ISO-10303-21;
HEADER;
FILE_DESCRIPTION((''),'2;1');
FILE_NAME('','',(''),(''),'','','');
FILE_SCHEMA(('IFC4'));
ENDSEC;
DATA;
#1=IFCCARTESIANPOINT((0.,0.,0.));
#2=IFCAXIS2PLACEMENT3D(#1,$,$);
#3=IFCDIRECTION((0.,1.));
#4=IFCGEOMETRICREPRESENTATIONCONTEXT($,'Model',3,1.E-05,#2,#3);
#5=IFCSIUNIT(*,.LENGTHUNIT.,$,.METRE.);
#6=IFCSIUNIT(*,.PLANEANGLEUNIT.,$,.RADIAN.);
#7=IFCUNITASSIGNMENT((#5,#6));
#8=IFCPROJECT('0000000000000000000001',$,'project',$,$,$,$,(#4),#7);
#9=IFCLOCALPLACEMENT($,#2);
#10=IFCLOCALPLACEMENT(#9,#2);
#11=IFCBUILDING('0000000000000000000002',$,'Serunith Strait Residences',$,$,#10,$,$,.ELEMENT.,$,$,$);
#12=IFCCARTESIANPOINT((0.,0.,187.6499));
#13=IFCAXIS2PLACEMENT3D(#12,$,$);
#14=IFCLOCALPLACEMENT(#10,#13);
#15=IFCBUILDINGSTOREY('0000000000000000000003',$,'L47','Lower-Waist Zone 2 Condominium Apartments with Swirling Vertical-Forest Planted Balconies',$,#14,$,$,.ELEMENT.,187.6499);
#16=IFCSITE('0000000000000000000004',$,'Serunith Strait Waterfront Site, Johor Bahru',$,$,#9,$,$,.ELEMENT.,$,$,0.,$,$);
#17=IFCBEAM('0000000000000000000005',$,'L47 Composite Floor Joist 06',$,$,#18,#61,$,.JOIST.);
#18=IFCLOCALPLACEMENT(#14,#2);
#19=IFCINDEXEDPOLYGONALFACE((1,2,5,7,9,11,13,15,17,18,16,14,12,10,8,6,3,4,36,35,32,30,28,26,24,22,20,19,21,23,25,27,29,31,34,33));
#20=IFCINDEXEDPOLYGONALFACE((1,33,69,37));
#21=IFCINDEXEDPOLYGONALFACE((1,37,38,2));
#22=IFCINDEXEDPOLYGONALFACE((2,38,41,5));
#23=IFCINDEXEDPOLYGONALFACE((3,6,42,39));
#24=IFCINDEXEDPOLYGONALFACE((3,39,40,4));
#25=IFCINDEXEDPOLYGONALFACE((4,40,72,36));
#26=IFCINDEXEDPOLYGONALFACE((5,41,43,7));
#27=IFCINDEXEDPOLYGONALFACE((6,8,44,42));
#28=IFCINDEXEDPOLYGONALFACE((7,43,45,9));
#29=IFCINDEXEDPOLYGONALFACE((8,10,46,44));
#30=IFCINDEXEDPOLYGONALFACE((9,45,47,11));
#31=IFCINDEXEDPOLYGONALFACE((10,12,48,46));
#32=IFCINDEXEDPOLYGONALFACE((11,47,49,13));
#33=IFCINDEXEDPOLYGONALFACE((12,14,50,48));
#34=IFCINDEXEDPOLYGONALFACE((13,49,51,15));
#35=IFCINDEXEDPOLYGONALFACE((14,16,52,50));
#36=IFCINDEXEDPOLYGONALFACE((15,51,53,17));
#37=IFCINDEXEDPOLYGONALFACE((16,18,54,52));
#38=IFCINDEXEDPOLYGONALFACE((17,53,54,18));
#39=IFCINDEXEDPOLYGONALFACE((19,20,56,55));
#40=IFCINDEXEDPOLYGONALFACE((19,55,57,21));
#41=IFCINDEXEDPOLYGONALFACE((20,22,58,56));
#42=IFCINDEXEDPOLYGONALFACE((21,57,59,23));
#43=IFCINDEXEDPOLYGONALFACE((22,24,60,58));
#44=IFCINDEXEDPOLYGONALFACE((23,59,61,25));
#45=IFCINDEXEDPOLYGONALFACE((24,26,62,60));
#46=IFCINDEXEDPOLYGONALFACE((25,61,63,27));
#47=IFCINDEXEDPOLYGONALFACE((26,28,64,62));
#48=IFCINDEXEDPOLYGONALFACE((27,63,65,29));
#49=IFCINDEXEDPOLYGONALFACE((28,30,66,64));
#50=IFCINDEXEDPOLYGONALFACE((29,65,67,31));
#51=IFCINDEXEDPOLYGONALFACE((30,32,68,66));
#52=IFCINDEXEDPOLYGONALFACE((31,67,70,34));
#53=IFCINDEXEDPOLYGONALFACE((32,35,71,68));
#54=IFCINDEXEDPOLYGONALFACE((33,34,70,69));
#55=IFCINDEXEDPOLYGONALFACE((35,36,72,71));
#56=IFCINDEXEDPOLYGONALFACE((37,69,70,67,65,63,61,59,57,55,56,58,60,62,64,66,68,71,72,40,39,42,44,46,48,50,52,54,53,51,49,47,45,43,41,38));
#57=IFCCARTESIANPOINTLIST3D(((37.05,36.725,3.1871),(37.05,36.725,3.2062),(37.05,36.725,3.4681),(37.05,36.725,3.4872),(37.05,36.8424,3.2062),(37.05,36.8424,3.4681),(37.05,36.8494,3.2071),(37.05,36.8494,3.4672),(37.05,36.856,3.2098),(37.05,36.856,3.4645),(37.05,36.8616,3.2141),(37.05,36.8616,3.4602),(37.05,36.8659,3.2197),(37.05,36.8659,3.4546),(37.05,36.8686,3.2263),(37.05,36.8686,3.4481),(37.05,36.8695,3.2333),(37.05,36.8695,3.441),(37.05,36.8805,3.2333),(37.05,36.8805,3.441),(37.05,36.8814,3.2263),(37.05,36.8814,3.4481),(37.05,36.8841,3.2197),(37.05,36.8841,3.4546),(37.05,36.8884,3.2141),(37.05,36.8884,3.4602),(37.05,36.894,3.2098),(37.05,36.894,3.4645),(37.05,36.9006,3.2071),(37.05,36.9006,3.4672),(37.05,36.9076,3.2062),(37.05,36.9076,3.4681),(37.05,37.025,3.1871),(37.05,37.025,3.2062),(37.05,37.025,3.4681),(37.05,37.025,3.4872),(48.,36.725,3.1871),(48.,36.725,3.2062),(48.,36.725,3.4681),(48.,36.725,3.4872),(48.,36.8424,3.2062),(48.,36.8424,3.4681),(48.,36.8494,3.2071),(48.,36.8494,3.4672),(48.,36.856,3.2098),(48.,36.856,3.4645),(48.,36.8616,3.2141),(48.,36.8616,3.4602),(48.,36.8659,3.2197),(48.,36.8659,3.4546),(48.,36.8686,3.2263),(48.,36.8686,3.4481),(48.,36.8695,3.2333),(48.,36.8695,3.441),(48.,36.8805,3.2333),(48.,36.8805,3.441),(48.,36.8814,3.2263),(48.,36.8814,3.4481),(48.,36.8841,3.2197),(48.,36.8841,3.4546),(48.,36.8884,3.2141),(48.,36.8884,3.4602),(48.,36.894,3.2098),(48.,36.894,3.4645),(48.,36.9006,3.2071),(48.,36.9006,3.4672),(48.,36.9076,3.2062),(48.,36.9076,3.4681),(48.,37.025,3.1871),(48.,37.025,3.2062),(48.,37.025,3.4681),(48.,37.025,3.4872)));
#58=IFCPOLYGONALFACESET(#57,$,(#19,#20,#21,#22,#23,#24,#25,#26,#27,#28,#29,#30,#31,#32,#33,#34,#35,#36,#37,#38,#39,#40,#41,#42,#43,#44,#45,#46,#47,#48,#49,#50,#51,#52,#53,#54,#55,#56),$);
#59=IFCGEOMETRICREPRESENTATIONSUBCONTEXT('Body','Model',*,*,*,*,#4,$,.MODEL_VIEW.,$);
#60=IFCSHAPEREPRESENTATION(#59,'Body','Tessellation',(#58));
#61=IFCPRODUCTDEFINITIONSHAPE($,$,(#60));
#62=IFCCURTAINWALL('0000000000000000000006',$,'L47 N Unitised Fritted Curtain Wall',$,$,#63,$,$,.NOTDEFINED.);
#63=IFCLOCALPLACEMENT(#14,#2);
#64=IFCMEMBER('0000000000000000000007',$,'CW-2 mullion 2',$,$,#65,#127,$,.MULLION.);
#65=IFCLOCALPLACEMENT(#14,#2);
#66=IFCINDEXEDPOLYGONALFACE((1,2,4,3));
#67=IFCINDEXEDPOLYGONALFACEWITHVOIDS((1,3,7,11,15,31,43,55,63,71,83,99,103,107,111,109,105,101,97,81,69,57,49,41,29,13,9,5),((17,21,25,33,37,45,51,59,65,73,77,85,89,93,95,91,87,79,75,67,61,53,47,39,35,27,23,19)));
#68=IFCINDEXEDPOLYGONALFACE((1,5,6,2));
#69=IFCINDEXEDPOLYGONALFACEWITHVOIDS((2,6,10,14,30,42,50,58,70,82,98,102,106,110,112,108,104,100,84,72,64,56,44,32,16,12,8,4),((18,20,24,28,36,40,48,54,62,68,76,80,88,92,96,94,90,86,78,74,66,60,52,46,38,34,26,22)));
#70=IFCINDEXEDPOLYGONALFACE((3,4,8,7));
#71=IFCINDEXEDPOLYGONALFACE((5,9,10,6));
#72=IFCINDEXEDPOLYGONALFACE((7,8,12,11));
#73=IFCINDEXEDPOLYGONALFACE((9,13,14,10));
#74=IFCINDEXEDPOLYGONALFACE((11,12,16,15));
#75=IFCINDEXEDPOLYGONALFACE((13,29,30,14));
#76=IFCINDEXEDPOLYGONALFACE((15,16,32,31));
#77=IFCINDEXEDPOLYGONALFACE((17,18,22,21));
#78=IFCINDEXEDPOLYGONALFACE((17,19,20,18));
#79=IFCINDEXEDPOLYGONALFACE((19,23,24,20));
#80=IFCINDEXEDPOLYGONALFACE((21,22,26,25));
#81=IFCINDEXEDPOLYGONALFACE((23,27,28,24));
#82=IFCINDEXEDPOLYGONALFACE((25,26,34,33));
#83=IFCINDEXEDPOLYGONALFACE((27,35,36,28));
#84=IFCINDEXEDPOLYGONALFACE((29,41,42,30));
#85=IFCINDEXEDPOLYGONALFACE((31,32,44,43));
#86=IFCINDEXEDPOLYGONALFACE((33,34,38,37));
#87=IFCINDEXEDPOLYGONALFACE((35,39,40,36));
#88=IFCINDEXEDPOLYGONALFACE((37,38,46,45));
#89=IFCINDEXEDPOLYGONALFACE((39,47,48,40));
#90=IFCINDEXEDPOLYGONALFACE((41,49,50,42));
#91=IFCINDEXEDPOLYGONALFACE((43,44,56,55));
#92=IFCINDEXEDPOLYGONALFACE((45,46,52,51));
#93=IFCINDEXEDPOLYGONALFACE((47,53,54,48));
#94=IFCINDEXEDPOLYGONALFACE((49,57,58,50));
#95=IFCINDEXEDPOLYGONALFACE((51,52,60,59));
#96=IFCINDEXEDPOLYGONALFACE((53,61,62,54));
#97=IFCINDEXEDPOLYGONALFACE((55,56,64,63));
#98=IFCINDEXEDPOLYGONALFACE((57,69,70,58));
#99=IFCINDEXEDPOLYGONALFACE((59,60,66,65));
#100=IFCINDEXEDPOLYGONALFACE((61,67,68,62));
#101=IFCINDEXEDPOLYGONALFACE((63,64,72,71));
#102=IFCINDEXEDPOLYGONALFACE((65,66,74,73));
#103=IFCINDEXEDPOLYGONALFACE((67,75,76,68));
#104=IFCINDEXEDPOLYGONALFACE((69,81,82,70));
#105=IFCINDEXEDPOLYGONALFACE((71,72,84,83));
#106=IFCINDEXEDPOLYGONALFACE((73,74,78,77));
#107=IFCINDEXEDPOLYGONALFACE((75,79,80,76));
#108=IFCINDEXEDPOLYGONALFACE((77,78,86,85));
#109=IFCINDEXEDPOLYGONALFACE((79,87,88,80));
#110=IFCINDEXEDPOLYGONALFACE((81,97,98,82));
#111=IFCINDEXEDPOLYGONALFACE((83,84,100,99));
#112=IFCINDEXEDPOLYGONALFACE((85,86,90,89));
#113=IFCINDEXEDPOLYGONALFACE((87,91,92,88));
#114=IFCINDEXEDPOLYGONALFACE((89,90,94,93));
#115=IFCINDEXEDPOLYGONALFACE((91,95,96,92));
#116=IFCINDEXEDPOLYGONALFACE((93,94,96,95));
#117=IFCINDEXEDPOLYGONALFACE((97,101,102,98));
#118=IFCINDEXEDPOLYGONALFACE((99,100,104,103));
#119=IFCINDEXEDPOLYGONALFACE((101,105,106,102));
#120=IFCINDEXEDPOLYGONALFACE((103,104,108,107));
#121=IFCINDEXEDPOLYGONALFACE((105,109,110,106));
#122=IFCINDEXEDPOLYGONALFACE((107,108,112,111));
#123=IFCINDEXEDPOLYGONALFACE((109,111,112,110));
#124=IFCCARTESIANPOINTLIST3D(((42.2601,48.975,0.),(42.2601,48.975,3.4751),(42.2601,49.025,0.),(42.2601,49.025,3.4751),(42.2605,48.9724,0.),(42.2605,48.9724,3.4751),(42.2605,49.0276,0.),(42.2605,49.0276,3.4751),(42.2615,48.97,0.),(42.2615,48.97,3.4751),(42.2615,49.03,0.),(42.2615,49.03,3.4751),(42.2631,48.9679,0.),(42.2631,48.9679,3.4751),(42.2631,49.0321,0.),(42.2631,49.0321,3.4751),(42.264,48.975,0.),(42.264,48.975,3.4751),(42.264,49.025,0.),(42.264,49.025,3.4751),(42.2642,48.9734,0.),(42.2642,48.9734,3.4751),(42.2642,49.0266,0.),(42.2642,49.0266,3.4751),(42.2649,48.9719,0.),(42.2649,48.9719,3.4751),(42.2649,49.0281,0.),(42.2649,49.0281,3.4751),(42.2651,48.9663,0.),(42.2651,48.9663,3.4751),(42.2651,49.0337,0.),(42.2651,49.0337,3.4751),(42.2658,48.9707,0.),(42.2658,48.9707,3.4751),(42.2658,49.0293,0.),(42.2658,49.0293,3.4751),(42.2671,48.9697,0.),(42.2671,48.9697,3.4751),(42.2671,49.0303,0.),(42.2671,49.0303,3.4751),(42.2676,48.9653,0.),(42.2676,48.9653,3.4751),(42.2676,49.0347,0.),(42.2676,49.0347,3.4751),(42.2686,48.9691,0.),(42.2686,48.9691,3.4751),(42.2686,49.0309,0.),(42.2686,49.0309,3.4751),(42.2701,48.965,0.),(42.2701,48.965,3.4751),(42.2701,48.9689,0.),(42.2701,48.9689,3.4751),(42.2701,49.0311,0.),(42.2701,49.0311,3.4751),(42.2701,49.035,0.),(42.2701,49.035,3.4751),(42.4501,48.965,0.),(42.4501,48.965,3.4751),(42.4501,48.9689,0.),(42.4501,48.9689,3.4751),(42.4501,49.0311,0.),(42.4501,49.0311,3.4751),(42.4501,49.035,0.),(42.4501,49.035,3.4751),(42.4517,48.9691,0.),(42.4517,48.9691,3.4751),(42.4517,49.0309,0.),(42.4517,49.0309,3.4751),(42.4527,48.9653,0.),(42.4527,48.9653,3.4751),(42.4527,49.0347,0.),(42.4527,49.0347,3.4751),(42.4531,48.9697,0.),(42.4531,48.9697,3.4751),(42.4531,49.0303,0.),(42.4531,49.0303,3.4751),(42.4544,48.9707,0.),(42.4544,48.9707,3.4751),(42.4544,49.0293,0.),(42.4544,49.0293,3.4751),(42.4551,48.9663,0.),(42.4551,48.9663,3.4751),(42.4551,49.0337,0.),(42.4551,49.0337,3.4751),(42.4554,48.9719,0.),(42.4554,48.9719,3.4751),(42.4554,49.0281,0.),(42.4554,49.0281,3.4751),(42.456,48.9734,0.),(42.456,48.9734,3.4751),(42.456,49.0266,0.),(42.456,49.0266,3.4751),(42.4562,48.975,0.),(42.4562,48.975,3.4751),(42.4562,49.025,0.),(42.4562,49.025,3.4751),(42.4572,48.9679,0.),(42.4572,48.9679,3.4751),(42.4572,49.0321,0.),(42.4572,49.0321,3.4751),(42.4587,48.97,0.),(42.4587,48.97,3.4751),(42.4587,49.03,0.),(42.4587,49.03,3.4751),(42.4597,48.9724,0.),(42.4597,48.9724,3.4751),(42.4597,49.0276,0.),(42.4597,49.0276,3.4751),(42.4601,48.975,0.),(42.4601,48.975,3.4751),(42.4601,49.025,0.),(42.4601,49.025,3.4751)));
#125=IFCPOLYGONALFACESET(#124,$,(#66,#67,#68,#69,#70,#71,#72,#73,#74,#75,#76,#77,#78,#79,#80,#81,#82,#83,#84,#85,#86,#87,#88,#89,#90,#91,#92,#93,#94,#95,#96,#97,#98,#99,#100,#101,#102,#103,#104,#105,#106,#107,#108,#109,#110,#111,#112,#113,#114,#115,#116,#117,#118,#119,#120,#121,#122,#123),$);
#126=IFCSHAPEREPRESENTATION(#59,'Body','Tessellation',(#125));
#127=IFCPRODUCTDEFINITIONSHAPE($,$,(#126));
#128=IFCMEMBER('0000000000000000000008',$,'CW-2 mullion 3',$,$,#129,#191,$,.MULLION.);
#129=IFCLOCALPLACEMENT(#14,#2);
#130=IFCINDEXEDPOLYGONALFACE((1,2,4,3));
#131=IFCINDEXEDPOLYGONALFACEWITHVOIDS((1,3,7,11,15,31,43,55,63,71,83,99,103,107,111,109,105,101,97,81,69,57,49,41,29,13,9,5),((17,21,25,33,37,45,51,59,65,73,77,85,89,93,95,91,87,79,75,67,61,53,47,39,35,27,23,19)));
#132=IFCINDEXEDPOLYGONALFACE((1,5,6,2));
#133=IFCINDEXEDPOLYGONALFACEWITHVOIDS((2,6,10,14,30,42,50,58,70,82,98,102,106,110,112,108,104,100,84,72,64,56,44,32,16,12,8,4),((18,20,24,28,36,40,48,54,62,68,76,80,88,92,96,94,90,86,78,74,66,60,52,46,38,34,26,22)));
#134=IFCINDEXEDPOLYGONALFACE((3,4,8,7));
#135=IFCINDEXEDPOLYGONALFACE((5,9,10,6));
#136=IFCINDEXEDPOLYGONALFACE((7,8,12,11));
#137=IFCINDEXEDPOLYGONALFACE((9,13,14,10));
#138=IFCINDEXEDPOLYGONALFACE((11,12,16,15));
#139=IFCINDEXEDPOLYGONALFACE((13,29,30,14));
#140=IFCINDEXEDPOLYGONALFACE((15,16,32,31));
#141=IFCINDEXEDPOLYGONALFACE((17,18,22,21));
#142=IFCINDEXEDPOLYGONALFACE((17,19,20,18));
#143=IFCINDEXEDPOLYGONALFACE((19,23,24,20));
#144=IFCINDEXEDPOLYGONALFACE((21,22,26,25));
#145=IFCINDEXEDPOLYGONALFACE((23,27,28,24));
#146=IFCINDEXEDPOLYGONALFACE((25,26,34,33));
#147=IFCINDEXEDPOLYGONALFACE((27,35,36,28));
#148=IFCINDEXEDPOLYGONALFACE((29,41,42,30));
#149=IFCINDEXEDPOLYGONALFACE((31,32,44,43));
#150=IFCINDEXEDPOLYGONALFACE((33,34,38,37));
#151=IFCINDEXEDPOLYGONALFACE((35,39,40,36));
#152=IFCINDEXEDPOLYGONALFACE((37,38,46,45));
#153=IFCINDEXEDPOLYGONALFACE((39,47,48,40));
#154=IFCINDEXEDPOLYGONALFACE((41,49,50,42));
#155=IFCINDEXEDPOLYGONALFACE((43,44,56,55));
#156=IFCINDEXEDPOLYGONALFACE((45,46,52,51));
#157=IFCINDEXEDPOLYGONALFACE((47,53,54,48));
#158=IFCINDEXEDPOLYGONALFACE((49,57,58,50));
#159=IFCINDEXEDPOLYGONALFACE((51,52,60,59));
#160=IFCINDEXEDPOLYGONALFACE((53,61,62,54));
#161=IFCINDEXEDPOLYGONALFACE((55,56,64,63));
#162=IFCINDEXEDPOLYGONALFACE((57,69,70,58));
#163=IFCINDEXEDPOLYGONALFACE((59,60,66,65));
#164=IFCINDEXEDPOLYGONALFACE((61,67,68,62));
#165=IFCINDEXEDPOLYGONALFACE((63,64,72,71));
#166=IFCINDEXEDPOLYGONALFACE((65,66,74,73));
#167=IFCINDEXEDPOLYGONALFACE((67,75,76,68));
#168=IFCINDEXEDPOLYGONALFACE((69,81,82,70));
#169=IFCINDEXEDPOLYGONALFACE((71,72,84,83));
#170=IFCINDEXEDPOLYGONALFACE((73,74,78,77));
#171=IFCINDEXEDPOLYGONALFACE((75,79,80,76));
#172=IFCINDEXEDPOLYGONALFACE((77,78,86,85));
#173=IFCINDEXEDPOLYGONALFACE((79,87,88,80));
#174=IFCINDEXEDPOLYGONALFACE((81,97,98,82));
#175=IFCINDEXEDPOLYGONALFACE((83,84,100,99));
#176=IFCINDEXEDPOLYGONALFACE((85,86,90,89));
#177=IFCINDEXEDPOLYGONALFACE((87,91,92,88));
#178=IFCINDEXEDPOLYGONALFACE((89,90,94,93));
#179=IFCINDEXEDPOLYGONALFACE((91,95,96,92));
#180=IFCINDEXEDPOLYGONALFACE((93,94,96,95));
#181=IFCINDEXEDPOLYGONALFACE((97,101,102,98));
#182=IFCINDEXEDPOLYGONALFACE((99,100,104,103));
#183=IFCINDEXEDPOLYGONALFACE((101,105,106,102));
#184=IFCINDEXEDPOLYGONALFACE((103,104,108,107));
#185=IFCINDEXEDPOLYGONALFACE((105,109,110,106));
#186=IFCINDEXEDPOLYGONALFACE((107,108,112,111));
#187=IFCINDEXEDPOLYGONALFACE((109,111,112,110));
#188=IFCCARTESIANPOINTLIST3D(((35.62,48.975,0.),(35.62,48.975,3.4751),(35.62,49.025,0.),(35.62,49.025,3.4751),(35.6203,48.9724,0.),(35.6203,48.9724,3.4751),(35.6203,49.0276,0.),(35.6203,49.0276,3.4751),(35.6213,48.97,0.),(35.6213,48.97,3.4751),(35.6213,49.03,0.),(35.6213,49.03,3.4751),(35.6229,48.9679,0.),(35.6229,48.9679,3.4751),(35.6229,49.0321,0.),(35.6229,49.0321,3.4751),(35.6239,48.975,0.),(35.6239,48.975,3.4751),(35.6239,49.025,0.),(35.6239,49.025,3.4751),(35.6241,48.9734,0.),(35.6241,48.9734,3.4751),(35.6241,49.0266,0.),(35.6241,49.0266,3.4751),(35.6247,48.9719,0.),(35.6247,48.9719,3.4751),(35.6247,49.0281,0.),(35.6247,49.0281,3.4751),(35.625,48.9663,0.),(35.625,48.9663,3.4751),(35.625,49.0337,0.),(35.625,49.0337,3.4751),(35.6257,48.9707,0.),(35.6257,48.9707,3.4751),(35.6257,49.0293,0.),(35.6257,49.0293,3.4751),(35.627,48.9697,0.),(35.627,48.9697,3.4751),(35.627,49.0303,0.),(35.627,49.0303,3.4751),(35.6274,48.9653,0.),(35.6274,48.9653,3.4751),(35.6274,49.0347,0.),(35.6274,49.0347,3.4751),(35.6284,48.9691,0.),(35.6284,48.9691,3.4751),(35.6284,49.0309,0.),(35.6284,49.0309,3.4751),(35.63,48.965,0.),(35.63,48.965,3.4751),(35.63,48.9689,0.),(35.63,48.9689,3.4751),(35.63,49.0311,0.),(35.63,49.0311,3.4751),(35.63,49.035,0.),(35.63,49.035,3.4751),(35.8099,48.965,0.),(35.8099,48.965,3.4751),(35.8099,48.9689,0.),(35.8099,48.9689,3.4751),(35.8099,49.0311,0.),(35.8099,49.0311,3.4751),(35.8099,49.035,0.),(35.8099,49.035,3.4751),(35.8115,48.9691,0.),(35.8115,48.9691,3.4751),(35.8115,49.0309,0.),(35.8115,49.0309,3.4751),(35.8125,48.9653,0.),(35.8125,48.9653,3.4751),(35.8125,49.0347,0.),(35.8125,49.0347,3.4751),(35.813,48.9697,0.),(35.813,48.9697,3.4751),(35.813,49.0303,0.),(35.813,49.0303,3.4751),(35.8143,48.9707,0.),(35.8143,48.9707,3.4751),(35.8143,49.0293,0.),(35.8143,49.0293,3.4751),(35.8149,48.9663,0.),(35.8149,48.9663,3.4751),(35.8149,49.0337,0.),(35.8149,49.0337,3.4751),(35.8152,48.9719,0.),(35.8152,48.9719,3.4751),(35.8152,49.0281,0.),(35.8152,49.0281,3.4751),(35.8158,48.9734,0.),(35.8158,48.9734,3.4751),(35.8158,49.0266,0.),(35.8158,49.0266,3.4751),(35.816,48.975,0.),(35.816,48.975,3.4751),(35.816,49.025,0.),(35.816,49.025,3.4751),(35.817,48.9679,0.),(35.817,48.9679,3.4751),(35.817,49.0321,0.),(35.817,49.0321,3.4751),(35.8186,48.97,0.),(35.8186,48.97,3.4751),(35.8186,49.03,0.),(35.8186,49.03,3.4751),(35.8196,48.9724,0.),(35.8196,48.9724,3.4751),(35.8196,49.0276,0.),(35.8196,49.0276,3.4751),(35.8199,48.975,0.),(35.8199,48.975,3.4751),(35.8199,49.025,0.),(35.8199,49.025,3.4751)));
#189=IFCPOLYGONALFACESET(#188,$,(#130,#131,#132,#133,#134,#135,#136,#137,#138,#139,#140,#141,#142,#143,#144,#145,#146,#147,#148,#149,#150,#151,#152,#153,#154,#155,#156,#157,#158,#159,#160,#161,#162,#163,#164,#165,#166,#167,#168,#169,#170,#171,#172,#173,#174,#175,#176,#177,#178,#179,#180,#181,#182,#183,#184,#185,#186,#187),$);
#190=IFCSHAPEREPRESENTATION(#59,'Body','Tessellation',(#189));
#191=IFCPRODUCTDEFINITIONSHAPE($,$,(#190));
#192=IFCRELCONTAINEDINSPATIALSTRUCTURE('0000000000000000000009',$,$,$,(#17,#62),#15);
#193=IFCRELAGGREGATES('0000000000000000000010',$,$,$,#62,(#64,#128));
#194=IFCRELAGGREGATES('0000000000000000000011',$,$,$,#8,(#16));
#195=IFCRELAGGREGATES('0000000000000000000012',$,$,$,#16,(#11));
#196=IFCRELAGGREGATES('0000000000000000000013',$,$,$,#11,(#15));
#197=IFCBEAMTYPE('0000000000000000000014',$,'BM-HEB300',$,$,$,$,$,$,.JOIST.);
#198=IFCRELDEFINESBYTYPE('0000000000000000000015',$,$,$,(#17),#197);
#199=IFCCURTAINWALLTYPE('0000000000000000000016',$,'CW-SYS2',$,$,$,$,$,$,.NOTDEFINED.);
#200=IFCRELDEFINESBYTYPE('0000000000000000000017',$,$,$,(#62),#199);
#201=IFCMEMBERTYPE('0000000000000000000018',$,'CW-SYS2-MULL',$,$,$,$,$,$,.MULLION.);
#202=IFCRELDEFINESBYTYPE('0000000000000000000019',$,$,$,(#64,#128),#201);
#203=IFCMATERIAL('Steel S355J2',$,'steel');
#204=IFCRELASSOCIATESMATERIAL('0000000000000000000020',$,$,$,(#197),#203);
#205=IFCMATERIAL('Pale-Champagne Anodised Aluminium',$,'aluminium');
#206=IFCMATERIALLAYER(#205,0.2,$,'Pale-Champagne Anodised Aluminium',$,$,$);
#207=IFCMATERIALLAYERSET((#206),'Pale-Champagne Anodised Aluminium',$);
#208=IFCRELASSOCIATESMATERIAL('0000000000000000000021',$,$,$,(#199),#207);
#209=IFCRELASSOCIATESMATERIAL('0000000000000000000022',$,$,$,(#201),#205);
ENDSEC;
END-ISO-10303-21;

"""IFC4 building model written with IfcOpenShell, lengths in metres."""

from ifc_helpers import new_model, si_unit, direction, frame, origin, origin_2d, place, context, subcontext, project, spatial, hollow_rectangle, i_section, extrude, source, transform, mapped, material, layer, layer_set, material_profile, profile_set, type_object, element, aggregate, save


model = new_model("IFC4")

# Units and contexts
model_context = context("Model", 3, precision=1e-05, world=origin(), true_north=direction((0.0, 1.0)))
body_context = subcontext(model_context, "Body", "Model", "MODEL_VIEW")
ifc_project = project(units=[si_unit("LENGTHUNIT", "METRE"), si_unit("PLANEANGLEUNIT", "RADIAN")], contexts=[model_context])

# Site, building, storey
site_placement = place(None, origin())
site = spatial("IfcSite", under=ifc_project, at=site_placement, Name="Serunith Strait Waterfront Site, Johor Bahru", CompositionType="ELEMENT", RefElevation=0.0)
building_placement = place(site_placement, origin())
building = spatial("IfcBuilding", under=site, at=building_placement, Name="Serunith Strait Residences", CompositionType="ELEMENT")
storey_placement = place(building_placement, frame((0.0, 0.0, 187.6499)))
storey = spatial("IfcBuildingStorey", under=building, at=storey_placement, Name="L47", Description="Lower-Waist Zone 2 Condominium Apartments with Swirling Vertical-Forest Planted Balconies", CompositionType="ELEMENT", Elevation=187.6499)

# Beam
ifc_material_1 = material(Name="Steel S355J2", Category="steel")
ifc_material_profile_1 = material_profile(ifc_material_1, i_section(OverallWidth=0.3, OverallDepth=0.3, WebThickness=0.011, FlangeThickness=0.019, FilletRadius=0.0271, at=origin_2d()), Name="HEB 300")
ifc_profile_set_1 = profile_set([ifc_material_profile_1], Name="Steel S355J2")
beam_type_1 = type_object("IfcBeamType", Name="BM-HEB300", PredefinedType="JOIST", material=ifc_profile_set_1)
shared_shape_1 = source(origin(), body_context, "Body", "SweptSolid", [
    extrude(i_section(OverallWidth=0.3, OverallDepth=0.3, WebThickness=0.011, FlangeThickness=0.019, FilletRadius=0.0271, at=origin_2d()), origin(), (0.0, 0.0, 1.0), 10.95),
])
beam_1_placement = place(storey_placement, frame((37.05, 36.875, 3.3372), z_axis=(1.0, 0.0, 0.0), x_axis=(0.0, 1.0, 0.0)))
element("IfcBeam", 1, at=beam_1_placement, inside=storey, type_object=beam_type_1, Name="L47 Composite Floor Joist 06", PredefinedType="JOIST", context=body_context, shape_type="MappedRepresentation", body=[
    mapped(shared_shape_1, transform((0.0, 0.0, 0.0), scale=1.0)),
])

# Curtain wall, members
ifc_material_2 = material(Name="Pale-Champagne Anodised Aluminium", Category="aluminium")
ifc_layer_1 = layer(ifc_material_2, 0.2, Name="Pale-Champagne Anodised Aluminium")
ifc_layer_set_1 = layer_set([ifc_layer_1], Name="Pale-Champagne Anodised Aluminium")
curtain_wall_type = type_object("IfcCurtainWallType", Name="CW-SYS2", PredefinedType="NOTDEFINED", material=ifc_layer_set_1)
curtain_wall_placement = place(storey_placement, origin())
curtain_wall = element("IfcCurtainWall", 2, at=curtain_wall_placement, inside=storey, type_object=curtain_wall_type, Name="L47 N Unitised Fritted Curtain Wall", PredefinedType="NOTDEFINED")
ifc_material_profile_2 = material_profile(ifc_material_2, hollow_rectangle(XDim=0.0701, YDim=0.2, WallThickness=0.0039, InnerFilletRadius=0.0061, OuterFilletRadius=0.01, at=origin_2d()), Name="ALU 200x70x4")
ifc_profile_set_2 = profile_set([ifc_material_profile_2], Name="Pale-Champagne Anodised Aluminium")
member_type_1 = type_object("IfcMemberType", Name="CW-SYS2-MULL", PredefinedType="MULLION", material=ifc_profile_set_2)
shared_shape_2 = source(origin(), body_context, "Body", "SweptSolid", [
    extrude(hollow_rectangle(XDim=0.0701, YDim=0.2, WallThickness=0.0039, InnerFilletRadius=0.0061, OuterFilletRadius=0.01, at=origin_2d()), origin(), (0.0, 0.0, 1.0), 3.4751),
])
member_1_placement = place(storey_placement, frame((42.3601, 49.0, 0.0), z_axis=(0.0, 0.0, 1.0), x_axis=(0.0, -1.0, 0.0)))
member_1 = element("IfcMember", 3, at=member_1_placement, type_object=member_type_1, Name="CW-2 mullion 2", PredefinedType="MULLION", context=body_context, shape_type="MappedRepresentation", body=[
    mapped(shared_shape_2, transform((0.0, 0.0, 0.0), scale=1.0)),
])
member_2_placement = place(storey_placement, frame((35.72, 49.0, 0.0), z_axis=(0.0, 0.0, 1.0), x_axis=(0.0, -1.0, 0.0)))
member_2 = element("IfcMember", 4, at=member_2_placement, type_object=member_type_1, Name="CW-2 mullion 3", PredefinedType="MULLION", context=body_context, shape_type="MappedRepresentation", body=[
    mapped(shared_shape_2, transform((0.0, 0.0, 0.0), scale=1.0)),
])
aggregate(curtain_wall, [member_1, member_2])

save(model, "model.ifc")
